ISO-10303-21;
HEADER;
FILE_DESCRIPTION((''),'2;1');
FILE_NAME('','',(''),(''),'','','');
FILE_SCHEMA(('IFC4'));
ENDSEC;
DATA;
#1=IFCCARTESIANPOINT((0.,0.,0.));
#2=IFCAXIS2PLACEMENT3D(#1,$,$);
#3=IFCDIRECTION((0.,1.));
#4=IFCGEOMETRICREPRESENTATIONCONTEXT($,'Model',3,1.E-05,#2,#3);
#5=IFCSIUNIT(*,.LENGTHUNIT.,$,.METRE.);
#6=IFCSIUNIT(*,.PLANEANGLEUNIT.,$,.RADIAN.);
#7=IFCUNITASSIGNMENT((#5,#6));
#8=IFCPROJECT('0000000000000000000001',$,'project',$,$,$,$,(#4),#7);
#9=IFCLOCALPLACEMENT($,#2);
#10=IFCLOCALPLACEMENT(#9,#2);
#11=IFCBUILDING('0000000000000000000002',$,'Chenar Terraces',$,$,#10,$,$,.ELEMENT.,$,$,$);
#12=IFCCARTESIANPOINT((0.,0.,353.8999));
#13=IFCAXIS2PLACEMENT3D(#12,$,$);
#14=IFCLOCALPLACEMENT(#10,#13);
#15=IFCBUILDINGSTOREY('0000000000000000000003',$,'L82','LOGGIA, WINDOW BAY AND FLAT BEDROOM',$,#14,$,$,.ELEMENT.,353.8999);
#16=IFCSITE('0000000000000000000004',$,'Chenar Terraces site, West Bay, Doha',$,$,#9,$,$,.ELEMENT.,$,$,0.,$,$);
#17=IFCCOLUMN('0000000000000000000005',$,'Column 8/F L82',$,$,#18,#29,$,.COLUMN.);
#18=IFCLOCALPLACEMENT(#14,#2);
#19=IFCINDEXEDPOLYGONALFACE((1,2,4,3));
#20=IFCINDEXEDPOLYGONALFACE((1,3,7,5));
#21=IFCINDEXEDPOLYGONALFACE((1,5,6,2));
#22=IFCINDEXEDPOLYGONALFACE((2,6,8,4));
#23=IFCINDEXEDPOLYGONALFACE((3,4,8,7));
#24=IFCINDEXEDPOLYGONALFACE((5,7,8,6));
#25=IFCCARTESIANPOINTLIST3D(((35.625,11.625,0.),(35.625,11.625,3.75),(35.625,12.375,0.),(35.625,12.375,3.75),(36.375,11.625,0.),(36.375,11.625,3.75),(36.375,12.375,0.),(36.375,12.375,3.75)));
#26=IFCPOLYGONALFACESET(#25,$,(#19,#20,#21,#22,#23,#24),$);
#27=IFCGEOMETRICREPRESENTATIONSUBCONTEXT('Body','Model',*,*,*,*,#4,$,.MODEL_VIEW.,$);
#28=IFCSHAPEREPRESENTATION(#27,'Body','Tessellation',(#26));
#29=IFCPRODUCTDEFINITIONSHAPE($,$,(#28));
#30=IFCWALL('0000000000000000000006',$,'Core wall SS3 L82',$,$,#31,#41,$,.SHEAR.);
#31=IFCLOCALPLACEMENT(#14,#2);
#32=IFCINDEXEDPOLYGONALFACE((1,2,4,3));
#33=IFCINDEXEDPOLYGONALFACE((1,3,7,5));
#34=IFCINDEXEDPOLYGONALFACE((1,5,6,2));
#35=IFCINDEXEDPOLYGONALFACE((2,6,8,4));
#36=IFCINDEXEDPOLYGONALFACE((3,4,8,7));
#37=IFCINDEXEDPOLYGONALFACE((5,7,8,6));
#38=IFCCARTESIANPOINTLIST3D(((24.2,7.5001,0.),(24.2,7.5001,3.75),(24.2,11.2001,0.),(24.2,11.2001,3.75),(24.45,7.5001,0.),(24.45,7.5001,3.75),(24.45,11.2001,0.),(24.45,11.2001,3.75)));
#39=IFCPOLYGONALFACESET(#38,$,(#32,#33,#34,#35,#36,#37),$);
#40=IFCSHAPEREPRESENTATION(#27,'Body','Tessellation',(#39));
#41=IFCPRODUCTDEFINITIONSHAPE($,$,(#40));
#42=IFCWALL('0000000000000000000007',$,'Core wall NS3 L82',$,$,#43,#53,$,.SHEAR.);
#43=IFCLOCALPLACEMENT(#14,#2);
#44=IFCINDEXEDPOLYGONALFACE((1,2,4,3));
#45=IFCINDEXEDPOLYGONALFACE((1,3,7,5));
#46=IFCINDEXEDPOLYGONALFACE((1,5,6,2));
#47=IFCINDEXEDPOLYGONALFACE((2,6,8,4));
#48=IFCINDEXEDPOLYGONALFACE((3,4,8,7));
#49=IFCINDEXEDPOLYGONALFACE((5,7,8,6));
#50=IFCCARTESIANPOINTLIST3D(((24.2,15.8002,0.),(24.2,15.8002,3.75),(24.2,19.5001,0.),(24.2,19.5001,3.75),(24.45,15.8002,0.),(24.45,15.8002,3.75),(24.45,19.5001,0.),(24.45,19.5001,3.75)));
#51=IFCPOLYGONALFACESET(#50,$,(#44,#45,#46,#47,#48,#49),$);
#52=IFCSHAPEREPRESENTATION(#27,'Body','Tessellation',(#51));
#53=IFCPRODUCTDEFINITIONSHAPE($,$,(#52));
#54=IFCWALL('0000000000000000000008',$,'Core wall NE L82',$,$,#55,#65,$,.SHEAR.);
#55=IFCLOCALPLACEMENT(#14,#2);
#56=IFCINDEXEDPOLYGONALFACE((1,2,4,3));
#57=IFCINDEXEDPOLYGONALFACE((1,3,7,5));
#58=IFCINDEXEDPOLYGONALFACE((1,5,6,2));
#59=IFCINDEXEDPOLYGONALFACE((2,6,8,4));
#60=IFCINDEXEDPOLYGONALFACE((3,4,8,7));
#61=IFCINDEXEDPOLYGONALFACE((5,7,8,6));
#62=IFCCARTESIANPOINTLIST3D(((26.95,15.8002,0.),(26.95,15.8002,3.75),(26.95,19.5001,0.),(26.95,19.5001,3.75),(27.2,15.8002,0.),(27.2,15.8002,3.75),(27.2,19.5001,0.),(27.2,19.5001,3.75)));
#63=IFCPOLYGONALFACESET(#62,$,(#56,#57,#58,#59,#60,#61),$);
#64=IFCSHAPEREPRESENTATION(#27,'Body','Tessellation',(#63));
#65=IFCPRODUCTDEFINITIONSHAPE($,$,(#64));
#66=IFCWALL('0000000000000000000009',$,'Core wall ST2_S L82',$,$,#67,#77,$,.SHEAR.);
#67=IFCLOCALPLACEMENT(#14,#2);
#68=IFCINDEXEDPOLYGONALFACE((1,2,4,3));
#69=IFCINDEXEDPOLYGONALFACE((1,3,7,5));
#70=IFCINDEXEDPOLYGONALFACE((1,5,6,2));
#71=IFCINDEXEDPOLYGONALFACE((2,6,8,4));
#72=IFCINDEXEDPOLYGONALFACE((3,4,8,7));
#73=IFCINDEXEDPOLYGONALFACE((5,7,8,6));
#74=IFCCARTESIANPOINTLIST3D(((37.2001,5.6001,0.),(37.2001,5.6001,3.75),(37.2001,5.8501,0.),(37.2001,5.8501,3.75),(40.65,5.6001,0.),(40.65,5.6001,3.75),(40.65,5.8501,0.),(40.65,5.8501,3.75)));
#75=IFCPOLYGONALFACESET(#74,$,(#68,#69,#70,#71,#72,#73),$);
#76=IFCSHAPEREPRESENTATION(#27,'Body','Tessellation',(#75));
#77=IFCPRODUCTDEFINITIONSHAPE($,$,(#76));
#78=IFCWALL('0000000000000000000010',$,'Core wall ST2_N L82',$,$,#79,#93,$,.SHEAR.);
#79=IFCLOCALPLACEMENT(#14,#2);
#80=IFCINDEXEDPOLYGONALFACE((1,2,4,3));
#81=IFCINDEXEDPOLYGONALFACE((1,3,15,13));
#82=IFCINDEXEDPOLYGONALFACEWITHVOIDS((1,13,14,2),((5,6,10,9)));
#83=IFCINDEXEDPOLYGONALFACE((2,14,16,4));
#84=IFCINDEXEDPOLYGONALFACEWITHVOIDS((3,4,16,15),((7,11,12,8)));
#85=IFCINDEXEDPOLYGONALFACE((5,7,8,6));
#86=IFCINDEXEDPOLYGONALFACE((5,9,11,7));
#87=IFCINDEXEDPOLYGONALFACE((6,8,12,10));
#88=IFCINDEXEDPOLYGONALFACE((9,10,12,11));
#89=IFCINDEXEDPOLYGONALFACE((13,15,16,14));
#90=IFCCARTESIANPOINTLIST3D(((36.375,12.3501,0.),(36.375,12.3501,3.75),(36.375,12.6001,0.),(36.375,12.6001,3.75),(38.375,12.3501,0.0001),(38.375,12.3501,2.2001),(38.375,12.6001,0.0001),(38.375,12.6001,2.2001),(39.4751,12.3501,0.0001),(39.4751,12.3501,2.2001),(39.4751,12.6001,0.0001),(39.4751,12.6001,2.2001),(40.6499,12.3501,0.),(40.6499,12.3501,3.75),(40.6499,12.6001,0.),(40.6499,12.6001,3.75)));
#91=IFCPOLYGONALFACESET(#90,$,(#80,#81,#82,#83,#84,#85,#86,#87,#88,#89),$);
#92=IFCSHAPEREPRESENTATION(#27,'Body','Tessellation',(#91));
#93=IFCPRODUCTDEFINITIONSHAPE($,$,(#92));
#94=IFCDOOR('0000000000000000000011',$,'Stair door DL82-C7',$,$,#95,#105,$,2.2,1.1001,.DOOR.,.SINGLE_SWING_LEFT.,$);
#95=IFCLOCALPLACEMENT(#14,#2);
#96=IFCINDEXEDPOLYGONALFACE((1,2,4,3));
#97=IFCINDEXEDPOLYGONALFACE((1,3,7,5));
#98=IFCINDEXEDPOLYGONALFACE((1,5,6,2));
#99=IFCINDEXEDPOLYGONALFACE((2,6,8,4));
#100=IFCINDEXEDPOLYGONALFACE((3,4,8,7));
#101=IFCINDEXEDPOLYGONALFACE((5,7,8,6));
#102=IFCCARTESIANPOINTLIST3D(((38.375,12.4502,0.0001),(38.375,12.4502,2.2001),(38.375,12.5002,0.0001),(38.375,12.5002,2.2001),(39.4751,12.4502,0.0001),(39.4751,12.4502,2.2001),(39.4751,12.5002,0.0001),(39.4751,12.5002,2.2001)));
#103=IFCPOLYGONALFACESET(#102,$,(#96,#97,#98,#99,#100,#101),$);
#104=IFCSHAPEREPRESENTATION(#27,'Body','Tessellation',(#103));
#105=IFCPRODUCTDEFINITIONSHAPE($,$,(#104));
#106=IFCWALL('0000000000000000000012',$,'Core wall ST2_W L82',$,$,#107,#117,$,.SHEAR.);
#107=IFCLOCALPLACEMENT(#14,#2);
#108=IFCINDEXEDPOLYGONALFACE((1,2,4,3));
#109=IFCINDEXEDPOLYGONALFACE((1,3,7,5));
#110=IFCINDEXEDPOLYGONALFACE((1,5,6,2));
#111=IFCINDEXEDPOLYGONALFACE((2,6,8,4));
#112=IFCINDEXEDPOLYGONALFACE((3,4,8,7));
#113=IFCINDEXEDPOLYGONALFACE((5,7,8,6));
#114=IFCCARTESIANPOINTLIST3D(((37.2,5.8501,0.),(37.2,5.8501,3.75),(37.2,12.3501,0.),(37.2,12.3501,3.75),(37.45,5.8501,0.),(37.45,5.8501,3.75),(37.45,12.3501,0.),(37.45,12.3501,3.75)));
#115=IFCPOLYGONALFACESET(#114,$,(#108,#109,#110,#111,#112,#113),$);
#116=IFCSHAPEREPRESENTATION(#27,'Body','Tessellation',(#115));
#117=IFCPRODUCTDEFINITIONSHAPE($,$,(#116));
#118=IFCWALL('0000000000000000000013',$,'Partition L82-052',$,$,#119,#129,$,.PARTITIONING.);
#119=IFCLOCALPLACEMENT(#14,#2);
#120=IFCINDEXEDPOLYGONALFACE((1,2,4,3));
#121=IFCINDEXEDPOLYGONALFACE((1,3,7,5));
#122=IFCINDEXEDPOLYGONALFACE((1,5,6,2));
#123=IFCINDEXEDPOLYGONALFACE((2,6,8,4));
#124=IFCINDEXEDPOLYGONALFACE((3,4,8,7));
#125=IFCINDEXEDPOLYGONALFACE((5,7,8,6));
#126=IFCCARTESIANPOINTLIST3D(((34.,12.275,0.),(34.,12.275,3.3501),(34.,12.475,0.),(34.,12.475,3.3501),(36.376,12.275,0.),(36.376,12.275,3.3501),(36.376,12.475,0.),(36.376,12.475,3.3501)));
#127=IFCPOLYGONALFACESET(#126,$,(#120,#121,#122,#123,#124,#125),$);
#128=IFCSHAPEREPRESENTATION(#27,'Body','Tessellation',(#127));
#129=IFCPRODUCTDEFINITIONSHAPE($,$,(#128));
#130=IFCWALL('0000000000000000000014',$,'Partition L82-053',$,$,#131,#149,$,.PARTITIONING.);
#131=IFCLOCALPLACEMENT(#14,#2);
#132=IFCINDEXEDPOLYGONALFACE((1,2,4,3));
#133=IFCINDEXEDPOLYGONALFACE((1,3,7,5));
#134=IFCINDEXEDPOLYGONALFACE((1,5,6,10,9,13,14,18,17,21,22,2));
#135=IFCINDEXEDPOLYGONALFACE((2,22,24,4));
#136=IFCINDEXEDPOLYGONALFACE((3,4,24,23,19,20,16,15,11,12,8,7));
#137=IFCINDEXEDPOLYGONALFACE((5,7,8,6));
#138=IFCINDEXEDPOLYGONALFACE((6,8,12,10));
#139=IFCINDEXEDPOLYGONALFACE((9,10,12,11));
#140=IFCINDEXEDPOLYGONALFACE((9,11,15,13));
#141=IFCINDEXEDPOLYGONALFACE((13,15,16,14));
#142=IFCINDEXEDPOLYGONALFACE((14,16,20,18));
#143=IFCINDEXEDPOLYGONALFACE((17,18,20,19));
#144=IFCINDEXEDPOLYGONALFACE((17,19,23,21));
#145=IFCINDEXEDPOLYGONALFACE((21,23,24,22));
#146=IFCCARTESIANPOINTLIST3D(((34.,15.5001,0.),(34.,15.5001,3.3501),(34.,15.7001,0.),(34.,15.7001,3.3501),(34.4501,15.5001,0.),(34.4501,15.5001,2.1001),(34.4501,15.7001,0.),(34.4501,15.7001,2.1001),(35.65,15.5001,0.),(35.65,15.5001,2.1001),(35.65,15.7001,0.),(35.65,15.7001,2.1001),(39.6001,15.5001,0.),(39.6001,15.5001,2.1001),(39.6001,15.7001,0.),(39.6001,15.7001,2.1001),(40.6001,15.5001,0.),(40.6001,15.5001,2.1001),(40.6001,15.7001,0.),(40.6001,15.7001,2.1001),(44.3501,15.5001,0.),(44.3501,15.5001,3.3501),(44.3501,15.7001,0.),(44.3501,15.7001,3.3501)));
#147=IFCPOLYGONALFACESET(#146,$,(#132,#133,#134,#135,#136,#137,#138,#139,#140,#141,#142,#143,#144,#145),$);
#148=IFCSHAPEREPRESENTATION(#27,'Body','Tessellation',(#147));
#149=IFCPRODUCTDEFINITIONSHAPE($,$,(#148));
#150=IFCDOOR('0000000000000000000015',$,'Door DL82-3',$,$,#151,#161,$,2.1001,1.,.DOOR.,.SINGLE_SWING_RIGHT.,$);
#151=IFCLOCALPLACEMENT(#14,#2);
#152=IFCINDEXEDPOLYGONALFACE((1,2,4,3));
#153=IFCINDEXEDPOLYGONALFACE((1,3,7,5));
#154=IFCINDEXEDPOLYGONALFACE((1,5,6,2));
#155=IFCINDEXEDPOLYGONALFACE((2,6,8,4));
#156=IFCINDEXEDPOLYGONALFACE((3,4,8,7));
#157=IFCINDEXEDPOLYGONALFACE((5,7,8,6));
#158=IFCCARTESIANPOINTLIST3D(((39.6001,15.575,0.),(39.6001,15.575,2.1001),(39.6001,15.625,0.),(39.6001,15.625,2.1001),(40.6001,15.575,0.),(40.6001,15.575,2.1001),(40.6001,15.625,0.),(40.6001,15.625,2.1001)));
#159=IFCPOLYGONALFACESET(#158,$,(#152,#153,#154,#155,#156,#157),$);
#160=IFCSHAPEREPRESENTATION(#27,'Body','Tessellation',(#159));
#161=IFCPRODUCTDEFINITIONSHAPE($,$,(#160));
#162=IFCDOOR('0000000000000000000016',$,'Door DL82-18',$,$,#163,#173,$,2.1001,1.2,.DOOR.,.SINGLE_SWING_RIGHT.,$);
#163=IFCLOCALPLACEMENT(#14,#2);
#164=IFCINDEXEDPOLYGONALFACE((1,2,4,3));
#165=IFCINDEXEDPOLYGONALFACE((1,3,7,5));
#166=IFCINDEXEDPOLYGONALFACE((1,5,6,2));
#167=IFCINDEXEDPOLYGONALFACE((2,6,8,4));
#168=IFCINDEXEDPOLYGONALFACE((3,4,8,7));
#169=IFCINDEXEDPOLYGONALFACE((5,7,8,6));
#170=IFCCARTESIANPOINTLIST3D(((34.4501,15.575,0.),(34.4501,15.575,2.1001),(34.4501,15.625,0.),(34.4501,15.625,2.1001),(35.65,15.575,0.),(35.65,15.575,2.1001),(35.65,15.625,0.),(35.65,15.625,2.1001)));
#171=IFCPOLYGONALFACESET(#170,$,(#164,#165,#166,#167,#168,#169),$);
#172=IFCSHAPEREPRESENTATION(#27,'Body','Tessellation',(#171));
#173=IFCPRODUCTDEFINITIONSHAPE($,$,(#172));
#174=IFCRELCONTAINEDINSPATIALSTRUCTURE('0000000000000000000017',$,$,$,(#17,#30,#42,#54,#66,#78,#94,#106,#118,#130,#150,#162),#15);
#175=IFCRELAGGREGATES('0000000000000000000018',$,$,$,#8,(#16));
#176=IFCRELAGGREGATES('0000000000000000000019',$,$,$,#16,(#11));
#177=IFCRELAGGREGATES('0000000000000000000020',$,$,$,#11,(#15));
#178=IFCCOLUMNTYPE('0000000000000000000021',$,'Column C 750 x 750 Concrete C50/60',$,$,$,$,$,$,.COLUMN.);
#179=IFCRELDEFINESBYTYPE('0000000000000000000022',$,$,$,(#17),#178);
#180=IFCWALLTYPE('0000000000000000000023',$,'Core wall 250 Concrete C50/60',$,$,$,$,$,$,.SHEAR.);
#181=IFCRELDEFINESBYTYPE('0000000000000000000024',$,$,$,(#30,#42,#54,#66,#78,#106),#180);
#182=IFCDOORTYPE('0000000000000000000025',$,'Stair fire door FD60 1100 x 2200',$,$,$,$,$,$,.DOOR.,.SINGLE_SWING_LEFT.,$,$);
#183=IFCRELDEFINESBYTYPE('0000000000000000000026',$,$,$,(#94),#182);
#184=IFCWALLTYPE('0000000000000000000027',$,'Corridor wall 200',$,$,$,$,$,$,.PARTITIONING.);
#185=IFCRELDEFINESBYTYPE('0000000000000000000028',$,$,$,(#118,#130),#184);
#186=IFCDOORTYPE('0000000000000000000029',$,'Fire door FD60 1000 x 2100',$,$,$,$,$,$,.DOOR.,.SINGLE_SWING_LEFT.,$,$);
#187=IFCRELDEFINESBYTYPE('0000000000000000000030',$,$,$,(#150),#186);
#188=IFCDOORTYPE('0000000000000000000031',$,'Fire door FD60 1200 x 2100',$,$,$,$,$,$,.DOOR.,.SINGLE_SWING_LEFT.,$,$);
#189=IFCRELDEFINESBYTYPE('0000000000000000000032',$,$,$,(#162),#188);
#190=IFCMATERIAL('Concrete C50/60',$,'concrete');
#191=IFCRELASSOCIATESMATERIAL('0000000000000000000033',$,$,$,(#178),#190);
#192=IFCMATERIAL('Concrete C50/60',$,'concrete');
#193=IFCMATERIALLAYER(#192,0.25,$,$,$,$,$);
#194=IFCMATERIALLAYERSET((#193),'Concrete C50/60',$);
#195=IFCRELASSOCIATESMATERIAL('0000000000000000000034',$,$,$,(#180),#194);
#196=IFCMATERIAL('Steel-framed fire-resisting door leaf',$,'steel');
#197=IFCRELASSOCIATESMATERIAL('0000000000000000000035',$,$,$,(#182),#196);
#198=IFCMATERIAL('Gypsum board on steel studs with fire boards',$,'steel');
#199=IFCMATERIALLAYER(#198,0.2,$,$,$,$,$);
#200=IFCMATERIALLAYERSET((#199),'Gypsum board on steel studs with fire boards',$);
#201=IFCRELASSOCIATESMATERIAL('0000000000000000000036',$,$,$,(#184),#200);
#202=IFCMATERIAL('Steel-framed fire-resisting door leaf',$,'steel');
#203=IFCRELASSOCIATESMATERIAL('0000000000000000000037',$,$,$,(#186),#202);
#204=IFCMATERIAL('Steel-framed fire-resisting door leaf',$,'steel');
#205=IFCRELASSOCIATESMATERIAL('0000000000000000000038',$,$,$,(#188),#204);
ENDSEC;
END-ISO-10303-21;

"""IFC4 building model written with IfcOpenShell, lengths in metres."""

from ifc_helpers import new_model, si_unit, direction, frame, frame_2d, origin, origin_2d, place, context, subcontext, project, spatial, rectangle, extrude, material, layer, layer_set, material_profile, profile_set, type_object, element, fill, save


model = new_model("IFC4")

# Units and contexts
model_context = context("Model", 3, precision=1e-05, world=origin(), true_north=direction((0.0, 1.0)))
body_context = subcontext(model_context, "Body", "Model", "MODEL_VIEW")
ifc_project = project(units=[si_unit("LENGTHUNIT", "METRE"), si_unit("PLANEANGLEUNIT", "RADIAN")], contexts=[model_context])

# Site, building, storey
site_placement = place(None, origin())
site = spatial("IfcSite", under=ifc_project, at=site_placement, Name="Chenar Terraces site, West Bay, Doha", CompositionType="ELEMENT", RefElevation=0.0)
building_placement = place(site_placement, origin())
building = spatial("IfcBuilding", under=site, at=building_placement, Name="Chenar Terraces", CompositionType="ELEMENT")
storey_placement = place(building_placement, frame((0.0, 0.0, 353.8999)))
storey = spatial("IfcBuildingStorey", under=building, at=storey_placement, Name="L82", Description="LOGGIA, WINDOW BAY AND FLAT BEDROOM", CompositionType="ELEMENT", Elevation=353.8999)

# Column
ifc_material_1 = material(Name="Concrete C50/60", Category="concrete")
ifc_material_profile = material_profile(ifc_material_1, rectangle(XDim=0.75, YDim=0.75, at=origin_2d()), Name="C 750 x 750")
ifc_profile_set = profile_set([ifc_material_profile], Name="Concrete C50/60")
column_type = type_object("IfcColumnType", Name="Column C 750 x 750 Concrete C50/60", PredefinedType="COLUMN", material=ifc_profile_set)
column_placement = place(storey_placement, frame((36.0, 12.0, 0.0), z_axis=(0.0, 0.0, 1.0), x_axis=(1.0, 0.0, 0.0)))
element("IfcColumn", 1, at=column_placement, inside=storey, type_object=column_type, Name="Column 8/F L82", PredefinedType="COLUMN", context=body_context, shape_type="SweptSolid", body=[
    extrude(rectangle(XDim=0.75, YDim=0.75, at=origin_2d()), origin(), (0.0, 0.0, 1.0), 3.75),
])

# Walls
ifc_material_2 = material(Name="Concrete C50/60", Category="concrete")
ifc_layer_1 = layer(ifc_material_2, 0.25)
ifc_layer_set_1 = layer_set([ifc_layer_1], Name="Concrete C50/60")
wall_type_1 = type_object("IfcWallType", Name="Core wall 250 Concrete C50/60", PredefinedType="SHEAR", material=ifc_layer_set_1)
for number, where, z_axis, x_axis, name in (
    (2, (24.325, 7.5, 0.0), (0.0, 0.0, 1.0), (0.0, 1.0, 0.0), "Core wall SS3 L82"),
    (3, (24.325, 15.8, 0.0), (0.0, 0.0, 1.0), (0.0, 1.0, 0.0), "Core wall NS3 L82"),
    (4, (27.075, 15.8, 0.0), (0.0, 0.0, 1.0), (0.0, 1.0, 0.0), "Core wall NE L82"),
):
    element("IfcWall", number, at=place(storey_placement, frame(where, z_axis=z_axis, x_axis=x_axis)), inside=storey, type_object=wall_type_1, Name=name, PredefinedType="SHEAR", context=body_context, shape_type="SweptSolid", body=[
        extrude(rectangle(XDim=3.7, YDim=0.25, at=frame_2d((1.8501, 0.0))), origin(), (0.0, 0.0, 1.0), 3.75),
    ])
wall_1_placement = place(storey_placement, frame((37.2, 5.7251, 0.0), z_axis=(0.0, 0.0, 1.0), x_axis=(1.0, 0.0, 0.0)))
element("IfcWall", 5, at=wall_1_placement, inside=storey, type_object=wall_type_1, Name="Core wall ST2_S L82", PredefinedType="SHEAR", context=body_context, shape_type="SweptSolid", body=[
    extrude(rectangle(XDim=3.45, YDim=0.25, at=frame_2d((1.7251, 0.0))), origin(), (0.0, 0.0, 1.0), 3.75),
])

# Wall, opening, door
wall_2_placement = place(storey_placement, frame((36.375, 12.4751, 0.0), z_axis=(0.0, 0.0, 1.0), x_axis=(1.0, 0.0, 0.0)))
wall_2 = element("IfcWall", 6, at=wall_2_placement, inside=storey, type_object=wall_type_1, Name="Core wall ST2_N L82", PredefinedType="SHEAR", context=body_context, shape_type="SweptSolid", body=[
    extrude(rectangle(XDim=4.2749, YDim=0.25, at=frame_2d((2.1375, 0.0))), origin(), (0.0, 0.0, 1.0), 3.75),
])
opening_1_placement = place(wall_2_placement, frame((2.0, 0.0, 0.0)))
opening_1 = element("IfcOpeningElement", 7, at=opening_1_placement, cuts=wall_2, PredefinedType="OPENING", context=body_context, shape_type="SweptSolid", body=[
    extrude(rectangle(XDim=1.1001, YDim=2.2, at=frame_2d((0.55, 1.1001))), frame((0.0, 0.135, 0.0), z_axis=(0.0, -1.0, 0.0), x_axis=(1.0, 0.0, 0.0)), (0.0, 0.0, 1.0), 0.27),
])
ifc_material_3 = material(Name="Steel-framed fire-resisting door leaf", Category="steel")
door_type_1 = type_object("IfcDoorType", Name="Stair fire door FD60 1100 x 2200", OperationType="SINGLE_SWING_LEFT", PredefinedType="DOOR", material=ifc_material_3)
door_1_placement = place(opening_1_placement, frame((1.1001, 0.0, 0.0), z_axis=(0.0, 0.0, 1.0), x_axis=(-1.0, 0.0, 0.0)))
door_1 = element("IfcDoor", 8, at=door_1_placement, inside=storey, type_object=door_type_1, Name="Stair door DL82-C7", OperationType="SINGLE_SWING_LEFT", OverallHeight=2.2, OverallWidth=1.1001, PredefinedType="DOOR", context=body_context, shape_type="SweptSolid", body=[
    extrude(rectangle(XDim=1.1001, YDim=2.2, at=frame_2d((0.55, 1.1001))), frame((0.0, 0.0249, 0.0), z_axis=(0.0, -1.0, 0.0), x_axis=(1.0, 0.0, 0.0)), (0.0, 0.0, 1.0), 0.05),
])
fill(opening_1, door_1)

# Wall
wall_3_placement = place(storey_placement, frame((37.325, 5.8501, 0.0), z_axis=(0.0, 0.0, 1.0), x_axis=(0.0, 1.0, 0.0)))
element("IfcWall", 9, at=wall_3_placement, inside=storey, type_object=wall_type_1, Name="Core wall ST2_W L82", PredefinedType="SHEAR", context=body_context, shape_type="SweptSolid", body=[
    extrude(rectangle(XDim=6.5, YDim=0.25, at=frame_2d((3.25, 0.0))), origin(), (0.0, 0.0, 1.0), 3.75),
])

# Wall
ifc_material_4 = material(Name="Gypsum board on steel studs with fire boards", Category="steel")
ifc_layer_2 = layer(ifc_material_4, 0.2)
ifc_layer_set_2 = layer_set([ifc_layer_2], Name="Gypsum board on steel studs with fire boards")
wall_type_2 = type_object("IfcWallType", Name="Corridor wall 200", PredefinedType="PARTITIONING", material=ifc_layer_set_2)
wall_4_placement = place(storey_placement, frame((34.0, 12.375, 0.0), z_axis=(0.0, 0.0, 1.0), x_axis=(1.0, 0.0, 0.0)))
element("IfcWall", 10, at=wall_4_placement, inside=storey, type_object=wall_type_2, Name="Partition L82-052", PredefinedType="PARTITIONING", context=body_context, shape_type="SweptSolid", body=[
    extrude(rectangle(XDim=2.376, YDim=0.2, at=frame_2d((1.188, 0.0))), origin(), (0.0, 0.0, 1.0), 3.3501),
])

# Wall, openings, doors
wall_5_placement = place(storey_placement, frame((34.0, 15.6001, 0.0), z_axis=(0.0, 0.0, 1.0), x_axis=(1.0, 0.0, 0.0)))
wall_5 = element("IfcWall", 11, at=wall_5_placement, inside=storey, type_object=wall_type_2, Name="Partition L82-053", PredefinedType="PARTITIONING", context=body_context, shape_type="SweptSolid", body=[
    extrude(rectangle(XDim=10.3501, YDim=0.2, at=frame_2d((5.175, 0.0))), origin(), (0.0, 0.0, 1.0), 3.3501),
])
opening_2_placement = place(wall_5_placement, frame((5.6001, 0.0, 0.0)))
opening_2 = element("IfcOpeningElement", 12, at=opening_2_placement, cuts=wall_5, PredefinedType="OPENING", context=body_context, shape_type="SweptSolid", body=[
    extrude(rectangle(XDim=1.0, YDim=2.1001, at=frame_2d((0.5, 1.05))), frame((0.0, 0.1099, 0.0), z_axis=(0.0, -1.0, 0.0), x_axis=(1.0, 0.0, 0.0)), (0.0, 0.0, 1.0), 0.22),
])
opening_3_placement = place(wall_5_placement, frame((0.45, 0.0, 0.0)))
opening_3 = element("IfcOpeningElement", 13, at=opening_3_placement, cuts=wall_5, PredefinedType="OPENING", context=body_context, shape_type="SweptSolid", body=[
    extrude(rectangle(XDim=1.2, YDim=2.1001, at=frame_2d((0.6001, 1.05))), frame((0.0, 0.1099, 0.0), z_axis=(0.0, -1.0, 0.0), x_axis=(1.0, 0.0, 0.0)), (0.0, 0.0, 1.0), 0.22),
])
ifc_material_5 = material(Name="Steel-framed fire-resisting door leaf", Category="steel")
door_type_2 = type_object("IfcDoorType", Name="Fire door FD60 1000 x 2100", OperationType="SINGLE_SWING_LEFT", PredefinedType="DOOR", material=ifc_material_5)
door_2_placement = place(opening_2_placement, origin())
door_2 = element("IfcDoor", 14, at=door_2_placement, inside=storey, type_object=door_type_2, Name="Door DL82-3", OperationType="SINGLE_SWING_RIGHT", OverallHeight=2.1001, OverallWidth=1.0, PredefinedType="DOOR", context=body_context, shape_type="SweptSolid", body=[
    extrude(rectangle(XDim=1.0, YDim=2.1001, at=frame_2d((0.5, 1.05))), frame((0.0, 0.0249, 0.0), z_axis=(0.0, -1.0, 0.0), x_axis=(1.0, 0.0, 0.0)), (0.0, 0.0, 1.0), 0.05),
])
fill(opening_2, door_2)
ifc_material_6 = material(Name="Steel-framed fire-resisting door leaf", Category="steel")
door_type_3 = type_object("IfcDoorType", Name="Fire door FD60 1200 x 2100", OperationType="SINGLE_SWING_LEFT", PredefinedType="DOOR", material=ifc_material_6)
door_3_placement = place(opening_3_placement, origin())
door_3 = element("IfcDoor", 15, at=door_3_placement, inside=storey, type_object=door_type_3, Name="Door DL82-18", OperationType="SINGLE_SWING_RIGHT", OverallHeight=2.1001, OverallWidth=1.2, PredefinedType="DOOR", context=body_context, shape_type="SweptSolid", body=[
    extrude(rectangle(XDim=1.2, YDim=2.1001, at=frame_2d((0.6001, 1.05))), frame((0.0, 0.0249, 0.0), z_axis=(0.0, -1.0, 0.0), x_axis=(1.0, 0.0, 0.0)), (0.0, 0.0, 1.0), 0.05),
])
fill(opening_3, door_3)

save(model, "model.ifc")
